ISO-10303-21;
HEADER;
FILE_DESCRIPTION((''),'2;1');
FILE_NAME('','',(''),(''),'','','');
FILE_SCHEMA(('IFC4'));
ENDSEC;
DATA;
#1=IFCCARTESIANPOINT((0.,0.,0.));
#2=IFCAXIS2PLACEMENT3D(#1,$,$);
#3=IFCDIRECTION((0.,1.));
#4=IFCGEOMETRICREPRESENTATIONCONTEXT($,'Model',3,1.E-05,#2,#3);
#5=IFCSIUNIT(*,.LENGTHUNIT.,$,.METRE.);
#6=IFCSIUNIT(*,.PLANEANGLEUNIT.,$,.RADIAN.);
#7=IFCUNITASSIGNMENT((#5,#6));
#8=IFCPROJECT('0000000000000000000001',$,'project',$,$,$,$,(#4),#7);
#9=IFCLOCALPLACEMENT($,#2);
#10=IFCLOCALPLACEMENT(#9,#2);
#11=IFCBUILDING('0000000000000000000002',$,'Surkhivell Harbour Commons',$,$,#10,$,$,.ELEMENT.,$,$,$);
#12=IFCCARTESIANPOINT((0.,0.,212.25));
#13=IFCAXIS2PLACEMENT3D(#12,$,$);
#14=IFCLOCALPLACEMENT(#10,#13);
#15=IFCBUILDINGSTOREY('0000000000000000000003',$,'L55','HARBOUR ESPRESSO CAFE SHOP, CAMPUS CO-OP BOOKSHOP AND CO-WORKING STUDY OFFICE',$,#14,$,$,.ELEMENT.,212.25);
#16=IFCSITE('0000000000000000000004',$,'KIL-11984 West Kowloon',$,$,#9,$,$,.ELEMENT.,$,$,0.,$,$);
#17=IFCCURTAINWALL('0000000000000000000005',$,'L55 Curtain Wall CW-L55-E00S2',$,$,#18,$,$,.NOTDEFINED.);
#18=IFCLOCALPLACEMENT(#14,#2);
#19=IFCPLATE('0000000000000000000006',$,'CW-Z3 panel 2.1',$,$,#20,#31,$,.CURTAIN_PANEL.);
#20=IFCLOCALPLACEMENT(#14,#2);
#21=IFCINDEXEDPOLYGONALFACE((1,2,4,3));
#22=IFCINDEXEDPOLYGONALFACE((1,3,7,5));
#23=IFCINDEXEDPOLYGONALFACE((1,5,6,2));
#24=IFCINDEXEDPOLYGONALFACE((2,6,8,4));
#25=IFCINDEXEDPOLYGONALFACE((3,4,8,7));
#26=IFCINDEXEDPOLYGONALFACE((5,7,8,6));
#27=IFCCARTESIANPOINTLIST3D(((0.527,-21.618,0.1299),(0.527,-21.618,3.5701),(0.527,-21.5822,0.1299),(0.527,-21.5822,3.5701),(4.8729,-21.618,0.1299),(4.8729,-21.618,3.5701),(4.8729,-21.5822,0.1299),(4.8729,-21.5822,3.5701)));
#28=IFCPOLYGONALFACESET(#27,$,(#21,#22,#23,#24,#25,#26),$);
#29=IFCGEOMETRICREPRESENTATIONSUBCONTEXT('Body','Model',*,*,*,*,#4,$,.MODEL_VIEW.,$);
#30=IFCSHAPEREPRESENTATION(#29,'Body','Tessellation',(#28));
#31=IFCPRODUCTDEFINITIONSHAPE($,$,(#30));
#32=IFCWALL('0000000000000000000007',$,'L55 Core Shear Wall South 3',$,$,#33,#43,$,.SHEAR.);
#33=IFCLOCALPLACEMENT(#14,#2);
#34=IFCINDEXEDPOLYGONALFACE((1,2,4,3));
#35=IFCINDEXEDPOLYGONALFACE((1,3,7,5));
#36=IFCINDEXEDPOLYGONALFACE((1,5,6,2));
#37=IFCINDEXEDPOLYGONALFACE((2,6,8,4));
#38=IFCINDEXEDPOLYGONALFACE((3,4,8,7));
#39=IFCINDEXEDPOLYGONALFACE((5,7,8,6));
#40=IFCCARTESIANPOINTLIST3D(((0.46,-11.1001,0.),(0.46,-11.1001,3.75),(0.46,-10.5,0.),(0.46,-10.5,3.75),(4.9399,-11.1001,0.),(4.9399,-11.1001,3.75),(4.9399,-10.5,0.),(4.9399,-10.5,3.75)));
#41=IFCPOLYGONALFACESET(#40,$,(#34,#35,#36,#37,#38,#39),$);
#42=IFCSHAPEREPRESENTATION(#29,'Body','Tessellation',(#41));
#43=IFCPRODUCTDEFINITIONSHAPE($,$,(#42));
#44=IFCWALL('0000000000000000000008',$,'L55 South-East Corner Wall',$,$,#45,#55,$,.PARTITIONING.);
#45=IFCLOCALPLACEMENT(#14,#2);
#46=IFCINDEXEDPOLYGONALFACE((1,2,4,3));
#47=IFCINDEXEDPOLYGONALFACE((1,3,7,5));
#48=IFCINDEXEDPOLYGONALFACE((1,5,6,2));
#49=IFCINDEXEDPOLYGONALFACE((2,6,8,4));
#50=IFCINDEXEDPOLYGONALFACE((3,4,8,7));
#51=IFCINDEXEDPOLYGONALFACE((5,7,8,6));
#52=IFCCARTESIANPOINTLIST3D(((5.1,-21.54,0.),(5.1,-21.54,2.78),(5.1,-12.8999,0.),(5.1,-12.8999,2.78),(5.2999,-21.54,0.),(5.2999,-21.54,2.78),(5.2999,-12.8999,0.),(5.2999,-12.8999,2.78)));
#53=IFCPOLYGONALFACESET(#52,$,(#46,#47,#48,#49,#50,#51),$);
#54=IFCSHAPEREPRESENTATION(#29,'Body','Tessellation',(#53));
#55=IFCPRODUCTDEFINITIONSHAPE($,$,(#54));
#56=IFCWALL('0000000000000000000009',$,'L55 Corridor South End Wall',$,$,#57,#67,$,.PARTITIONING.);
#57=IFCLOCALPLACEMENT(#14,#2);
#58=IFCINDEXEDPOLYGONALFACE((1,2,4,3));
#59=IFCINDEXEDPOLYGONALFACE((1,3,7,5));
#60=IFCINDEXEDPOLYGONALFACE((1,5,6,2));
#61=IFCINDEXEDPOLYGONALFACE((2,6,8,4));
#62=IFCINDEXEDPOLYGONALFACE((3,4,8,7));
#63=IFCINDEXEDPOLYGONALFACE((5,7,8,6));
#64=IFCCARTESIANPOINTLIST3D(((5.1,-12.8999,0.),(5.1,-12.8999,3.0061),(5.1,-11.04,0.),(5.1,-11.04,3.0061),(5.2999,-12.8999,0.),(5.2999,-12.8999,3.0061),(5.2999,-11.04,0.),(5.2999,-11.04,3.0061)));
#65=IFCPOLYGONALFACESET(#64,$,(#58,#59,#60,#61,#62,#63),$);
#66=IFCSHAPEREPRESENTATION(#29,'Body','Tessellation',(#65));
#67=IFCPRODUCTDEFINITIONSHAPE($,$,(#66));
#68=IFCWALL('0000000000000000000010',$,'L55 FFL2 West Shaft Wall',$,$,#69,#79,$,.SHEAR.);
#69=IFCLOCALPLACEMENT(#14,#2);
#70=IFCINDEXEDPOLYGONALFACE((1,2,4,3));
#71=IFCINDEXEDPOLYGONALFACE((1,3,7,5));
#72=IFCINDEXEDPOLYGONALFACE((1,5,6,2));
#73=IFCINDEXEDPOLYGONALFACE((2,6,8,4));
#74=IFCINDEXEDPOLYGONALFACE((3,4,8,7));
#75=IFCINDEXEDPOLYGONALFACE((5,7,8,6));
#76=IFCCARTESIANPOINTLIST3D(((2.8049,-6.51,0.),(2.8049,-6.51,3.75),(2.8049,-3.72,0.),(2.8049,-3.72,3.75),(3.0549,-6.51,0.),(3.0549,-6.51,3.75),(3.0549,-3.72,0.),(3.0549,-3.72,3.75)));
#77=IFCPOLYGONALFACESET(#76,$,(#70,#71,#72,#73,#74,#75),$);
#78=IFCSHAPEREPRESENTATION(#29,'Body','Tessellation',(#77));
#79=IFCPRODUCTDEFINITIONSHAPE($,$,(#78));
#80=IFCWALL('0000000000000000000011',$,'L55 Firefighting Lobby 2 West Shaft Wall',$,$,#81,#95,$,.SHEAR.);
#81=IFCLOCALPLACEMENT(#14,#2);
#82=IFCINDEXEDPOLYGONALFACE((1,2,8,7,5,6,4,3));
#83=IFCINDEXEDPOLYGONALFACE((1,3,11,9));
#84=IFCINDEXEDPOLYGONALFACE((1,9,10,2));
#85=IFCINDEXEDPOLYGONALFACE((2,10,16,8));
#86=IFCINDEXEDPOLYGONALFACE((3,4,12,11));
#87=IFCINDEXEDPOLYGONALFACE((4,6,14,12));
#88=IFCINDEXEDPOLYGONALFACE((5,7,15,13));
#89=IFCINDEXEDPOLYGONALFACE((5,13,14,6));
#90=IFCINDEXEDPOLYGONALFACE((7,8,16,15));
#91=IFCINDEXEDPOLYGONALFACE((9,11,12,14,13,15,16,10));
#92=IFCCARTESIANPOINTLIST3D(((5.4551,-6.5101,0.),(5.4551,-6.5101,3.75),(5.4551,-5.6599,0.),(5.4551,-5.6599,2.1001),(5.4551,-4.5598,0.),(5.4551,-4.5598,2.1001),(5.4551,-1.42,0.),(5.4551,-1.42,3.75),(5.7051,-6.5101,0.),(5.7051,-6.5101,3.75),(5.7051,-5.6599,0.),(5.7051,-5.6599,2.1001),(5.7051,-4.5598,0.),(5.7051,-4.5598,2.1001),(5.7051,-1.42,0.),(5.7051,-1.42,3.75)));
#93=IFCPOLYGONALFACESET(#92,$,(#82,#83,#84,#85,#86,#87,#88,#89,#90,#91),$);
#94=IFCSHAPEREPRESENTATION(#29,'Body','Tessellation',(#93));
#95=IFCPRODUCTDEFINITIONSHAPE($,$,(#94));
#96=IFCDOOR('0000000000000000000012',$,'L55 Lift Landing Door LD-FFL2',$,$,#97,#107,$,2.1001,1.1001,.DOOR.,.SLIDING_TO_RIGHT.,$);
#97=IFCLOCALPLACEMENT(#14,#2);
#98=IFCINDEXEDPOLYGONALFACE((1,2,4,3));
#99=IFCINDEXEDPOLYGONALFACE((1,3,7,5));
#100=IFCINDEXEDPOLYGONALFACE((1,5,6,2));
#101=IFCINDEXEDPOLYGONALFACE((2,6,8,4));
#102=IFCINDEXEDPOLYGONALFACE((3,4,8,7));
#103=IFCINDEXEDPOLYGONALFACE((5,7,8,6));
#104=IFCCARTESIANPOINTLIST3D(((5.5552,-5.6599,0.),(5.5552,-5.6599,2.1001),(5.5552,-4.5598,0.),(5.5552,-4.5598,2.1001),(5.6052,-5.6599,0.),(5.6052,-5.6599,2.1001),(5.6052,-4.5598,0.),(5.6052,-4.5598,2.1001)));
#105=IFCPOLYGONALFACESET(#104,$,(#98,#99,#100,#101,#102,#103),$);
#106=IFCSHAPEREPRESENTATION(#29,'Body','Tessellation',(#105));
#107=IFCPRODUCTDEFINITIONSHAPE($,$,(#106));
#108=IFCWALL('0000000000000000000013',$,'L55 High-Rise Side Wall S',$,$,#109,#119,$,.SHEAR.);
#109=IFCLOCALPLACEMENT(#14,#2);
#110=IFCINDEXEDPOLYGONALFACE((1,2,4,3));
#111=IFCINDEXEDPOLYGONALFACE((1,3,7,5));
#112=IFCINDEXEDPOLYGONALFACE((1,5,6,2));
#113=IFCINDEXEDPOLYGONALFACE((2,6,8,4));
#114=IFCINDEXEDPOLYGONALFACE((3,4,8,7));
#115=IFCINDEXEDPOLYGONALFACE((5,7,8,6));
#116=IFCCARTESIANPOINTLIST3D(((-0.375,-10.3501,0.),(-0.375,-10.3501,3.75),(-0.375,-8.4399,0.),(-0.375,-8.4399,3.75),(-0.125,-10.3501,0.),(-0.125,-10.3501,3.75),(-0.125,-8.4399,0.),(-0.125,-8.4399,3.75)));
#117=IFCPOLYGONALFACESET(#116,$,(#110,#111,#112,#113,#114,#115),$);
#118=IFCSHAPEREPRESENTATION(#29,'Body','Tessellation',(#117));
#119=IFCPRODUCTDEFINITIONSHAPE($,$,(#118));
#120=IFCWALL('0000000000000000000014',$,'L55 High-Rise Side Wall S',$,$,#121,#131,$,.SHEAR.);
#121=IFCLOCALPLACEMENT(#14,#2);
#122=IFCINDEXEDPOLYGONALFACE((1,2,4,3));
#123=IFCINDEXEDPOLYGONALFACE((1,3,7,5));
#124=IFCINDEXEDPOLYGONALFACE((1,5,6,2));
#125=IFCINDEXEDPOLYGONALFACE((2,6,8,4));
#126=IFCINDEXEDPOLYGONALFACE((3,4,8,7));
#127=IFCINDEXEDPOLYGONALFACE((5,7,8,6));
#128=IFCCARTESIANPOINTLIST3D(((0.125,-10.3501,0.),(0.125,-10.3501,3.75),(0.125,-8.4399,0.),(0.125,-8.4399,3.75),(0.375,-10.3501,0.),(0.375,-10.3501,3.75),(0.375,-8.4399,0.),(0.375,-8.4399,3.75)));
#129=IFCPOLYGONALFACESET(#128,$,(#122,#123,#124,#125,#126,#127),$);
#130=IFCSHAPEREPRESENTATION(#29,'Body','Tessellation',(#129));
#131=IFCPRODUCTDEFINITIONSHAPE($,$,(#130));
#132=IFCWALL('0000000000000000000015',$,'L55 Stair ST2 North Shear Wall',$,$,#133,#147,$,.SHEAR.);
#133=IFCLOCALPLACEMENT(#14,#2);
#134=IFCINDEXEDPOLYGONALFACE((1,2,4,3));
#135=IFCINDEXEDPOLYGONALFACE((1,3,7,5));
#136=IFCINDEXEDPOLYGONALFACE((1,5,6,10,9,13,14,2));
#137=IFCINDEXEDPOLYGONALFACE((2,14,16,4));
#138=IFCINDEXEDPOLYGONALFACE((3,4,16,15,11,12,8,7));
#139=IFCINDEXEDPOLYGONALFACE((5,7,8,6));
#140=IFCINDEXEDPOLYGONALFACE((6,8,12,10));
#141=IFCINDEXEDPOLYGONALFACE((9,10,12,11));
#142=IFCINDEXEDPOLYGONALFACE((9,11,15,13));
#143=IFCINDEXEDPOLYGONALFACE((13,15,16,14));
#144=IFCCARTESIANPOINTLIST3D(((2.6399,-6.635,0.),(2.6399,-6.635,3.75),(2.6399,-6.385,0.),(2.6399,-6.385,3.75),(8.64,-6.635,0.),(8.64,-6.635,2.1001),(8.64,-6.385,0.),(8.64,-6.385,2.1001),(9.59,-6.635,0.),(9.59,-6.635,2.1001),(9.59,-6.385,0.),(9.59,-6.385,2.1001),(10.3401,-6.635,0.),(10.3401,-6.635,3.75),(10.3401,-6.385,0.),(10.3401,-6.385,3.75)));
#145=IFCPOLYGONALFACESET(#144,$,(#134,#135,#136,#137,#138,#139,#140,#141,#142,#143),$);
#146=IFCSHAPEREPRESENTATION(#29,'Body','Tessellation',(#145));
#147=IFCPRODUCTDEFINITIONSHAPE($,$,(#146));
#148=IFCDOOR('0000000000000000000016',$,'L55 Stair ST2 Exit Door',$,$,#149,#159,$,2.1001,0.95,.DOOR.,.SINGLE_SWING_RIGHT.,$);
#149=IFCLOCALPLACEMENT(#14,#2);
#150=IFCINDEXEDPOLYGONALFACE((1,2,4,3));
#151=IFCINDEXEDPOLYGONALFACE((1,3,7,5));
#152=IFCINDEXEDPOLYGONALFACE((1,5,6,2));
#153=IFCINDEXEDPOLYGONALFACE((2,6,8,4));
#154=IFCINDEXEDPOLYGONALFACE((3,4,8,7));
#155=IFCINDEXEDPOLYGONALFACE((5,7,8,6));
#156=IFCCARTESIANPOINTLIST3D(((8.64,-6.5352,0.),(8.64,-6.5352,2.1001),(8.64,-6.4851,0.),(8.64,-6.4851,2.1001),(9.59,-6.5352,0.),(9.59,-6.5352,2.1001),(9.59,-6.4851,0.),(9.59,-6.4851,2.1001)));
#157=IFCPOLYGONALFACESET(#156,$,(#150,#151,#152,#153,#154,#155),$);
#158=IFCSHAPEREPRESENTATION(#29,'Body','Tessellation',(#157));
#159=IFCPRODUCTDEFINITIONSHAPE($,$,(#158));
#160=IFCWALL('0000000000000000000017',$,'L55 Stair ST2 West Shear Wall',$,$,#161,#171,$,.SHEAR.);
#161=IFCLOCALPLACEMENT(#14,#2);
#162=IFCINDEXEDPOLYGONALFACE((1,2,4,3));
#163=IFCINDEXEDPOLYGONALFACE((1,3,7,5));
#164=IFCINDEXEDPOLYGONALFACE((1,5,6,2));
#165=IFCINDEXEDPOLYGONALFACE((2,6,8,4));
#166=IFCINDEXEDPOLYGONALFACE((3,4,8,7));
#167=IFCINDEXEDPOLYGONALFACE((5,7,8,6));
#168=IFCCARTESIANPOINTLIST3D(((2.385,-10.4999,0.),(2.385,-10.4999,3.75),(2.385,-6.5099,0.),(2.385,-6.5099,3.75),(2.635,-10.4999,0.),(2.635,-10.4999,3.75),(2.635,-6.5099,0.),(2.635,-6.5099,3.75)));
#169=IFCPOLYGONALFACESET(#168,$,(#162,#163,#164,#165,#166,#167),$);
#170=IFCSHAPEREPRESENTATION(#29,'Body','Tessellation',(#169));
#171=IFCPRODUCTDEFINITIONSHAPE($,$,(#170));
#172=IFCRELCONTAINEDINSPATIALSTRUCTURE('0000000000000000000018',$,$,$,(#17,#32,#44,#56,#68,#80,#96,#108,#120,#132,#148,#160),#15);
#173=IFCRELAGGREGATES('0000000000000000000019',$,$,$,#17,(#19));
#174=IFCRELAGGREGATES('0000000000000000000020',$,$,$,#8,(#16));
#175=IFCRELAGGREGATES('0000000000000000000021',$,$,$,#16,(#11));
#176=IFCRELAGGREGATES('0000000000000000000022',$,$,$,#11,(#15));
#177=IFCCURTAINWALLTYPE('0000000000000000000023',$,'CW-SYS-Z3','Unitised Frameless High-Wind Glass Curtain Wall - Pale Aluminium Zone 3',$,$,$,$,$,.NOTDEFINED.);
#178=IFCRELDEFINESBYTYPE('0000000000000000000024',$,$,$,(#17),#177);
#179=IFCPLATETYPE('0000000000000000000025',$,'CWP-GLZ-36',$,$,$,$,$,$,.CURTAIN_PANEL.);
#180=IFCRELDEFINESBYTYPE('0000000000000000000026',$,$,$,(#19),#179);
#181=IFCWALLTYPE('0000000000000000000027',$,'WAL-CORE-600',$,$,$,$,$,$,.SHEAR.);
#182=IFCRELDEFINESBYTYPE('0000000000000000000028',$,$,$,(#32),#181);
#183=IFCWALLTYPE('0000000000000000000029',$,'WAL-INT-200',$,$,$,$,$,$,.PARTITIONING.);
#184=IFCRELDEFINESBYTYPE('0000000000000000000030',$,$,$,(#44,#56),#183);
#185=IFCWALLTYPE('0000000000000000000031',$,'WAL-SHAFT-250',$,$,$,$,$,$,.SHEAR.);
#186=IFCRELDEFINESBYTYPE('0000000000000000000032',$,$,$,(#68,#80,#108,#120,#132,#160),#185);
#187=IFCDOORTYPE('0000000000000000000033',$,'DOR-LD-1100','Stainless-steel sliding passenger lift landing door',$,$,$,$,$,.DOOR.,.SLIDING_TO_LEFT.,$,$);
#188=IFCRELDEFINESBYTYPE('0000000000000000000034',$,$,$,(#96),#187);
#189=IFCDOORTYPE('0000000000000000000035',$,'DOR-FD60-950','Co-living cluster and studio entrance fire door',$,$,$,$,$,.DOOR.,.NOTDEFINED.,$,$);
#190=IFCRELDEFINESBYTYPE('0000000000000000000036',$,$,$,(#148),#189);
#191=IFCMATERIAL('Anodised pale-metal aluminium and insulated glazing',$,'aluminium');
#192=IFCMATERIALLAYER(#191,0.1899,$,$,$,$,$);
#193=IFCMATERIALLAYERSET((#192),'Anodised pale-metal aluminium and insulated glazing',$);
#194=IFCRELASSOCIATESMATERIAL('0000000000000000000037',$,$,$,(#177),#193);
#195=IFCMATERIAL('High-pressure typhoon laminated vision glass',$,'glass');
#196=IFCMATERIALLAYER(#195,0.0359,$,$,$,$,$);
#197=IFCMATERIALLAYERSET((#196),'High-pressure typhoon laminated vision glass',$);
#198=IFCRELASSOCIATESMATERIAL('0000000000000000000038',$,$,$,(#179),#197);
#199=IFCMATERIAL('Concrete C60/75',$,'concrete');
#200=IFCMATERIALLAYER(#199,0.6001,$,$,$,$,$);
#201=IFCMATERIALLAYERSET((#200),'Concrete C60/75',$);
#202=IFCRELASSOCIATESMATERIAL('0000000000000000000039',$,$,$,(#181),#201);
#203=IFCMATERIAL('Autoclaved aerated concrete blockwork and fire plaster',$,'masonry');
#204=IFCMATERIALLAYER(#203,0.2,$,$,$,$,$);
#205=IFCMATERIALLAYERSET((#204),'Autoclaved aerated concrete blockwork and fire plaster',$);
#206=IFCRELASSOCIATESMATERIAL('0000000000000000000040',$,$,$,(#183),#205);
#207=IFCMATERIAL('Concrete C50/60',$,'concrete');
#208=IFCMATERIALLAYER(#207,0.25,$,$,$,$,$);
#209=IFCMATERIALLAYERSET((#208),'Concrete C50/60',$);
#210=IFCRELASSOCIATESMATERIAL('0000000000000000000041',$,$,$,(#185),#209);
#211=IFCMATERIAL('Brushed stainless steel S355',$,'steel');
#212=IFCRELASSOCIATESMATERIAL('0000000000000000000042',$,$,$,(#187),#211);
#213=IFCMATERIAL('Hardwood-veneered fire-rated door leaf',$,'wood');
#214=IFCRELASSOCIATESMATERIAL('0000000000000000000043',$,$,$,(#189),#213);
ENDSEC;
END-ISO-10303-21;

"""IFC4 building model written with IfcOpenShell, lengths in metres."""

from ifc_helpers import new_model, si_unit, direction, frame, frame_2d, origin, place, context, subcontext, project, spatial, rectangle, extrude, material, layer, layer_set, type_object, element, fill, aggregate, save


model = new_model("IFC4")

# Units and contexts
model_context = context("Model", 3, precision=1e-05, world=origin(), true_north=direction((0.0, 1.0)))
body_context = subcontext(model_context, "Body", "Model", "MODEL_VIEW")
ifc_project = project(units=[si_unit("LENGTHUNIT", "METRE"), si_unit("PLANEANGLEUNIT", "RADIAN")], contexts=[model_context])

# Site, building, storey
site_placement = place(None, origin())
site = spatial("IfcSite", under=ifc_project, at=site_placement, Name="KIL-11984 West Kowloon", CompositionType="ELEMENT", RefElevation=0.0)
building_placement = place(site_placement, origin())
building = spatial("IfcBuilding", under=site, at=building_placement, Name="Surkhivell Harbour Commons", CompositionType="ELEMENT")
storey_placement = place(building_placement, frame((0.0, 0.0, 212.25)))
storey = spatial("IfcBuildingStorey", under=building, at=storey_placement, Name="L55", Description="HARBOUR ESPRESSO CAFE SHOP, CAMPUS CO-OP BOOKSHOP AND CO-WORKING STUDY OFFICE", CompositionType="ELEMENT", Elevation=212.25)

# Shared definitions
ifc_material_1 = material(Name="Concrete C60/75", Category="concrete")

# Curtain wall, plate
ifc_material_2 = material(Name="Anodised pale-metal aluminium and insulated glazing", Category="aluminium")
ifc_layer_1 = layer(ifc_material_2, 0.1899)
ifc_layer_set_1 = layer_set([ifc_layer_1], Name="Anodised pale-metal aluminium and insulated glazing")
curtain_wall_type = type_object("IfcCurtainWallType", Name="CW-SYS-Z3", Description="Unitised Frameless High-Wind Glass Curtain Wall - Pale Aluminium Zone 3", PredefinedType="NOTDEFINED", material=ifc_layer_set_1)
curtain_wall_placement = place(storey_placement, origin())
curtain_wall = element("IfcCurtainWall", 1, at=curtain_wall_placement, inside=storey, type_object=curtain_wall_type, Name="L55 Curtain Wall CW-L55-E00S2", PredefinedType="NOTDEFINED")
ifc_material_3 = material(Name="High-pressure typhoon laminated vision glass", Category="glass")
ifc_layer_2 = layer(ifc_material_3, 0.0359)
ifc_layer_set_2 = layer_set([ifc_layer_2], Name="High-pressure typhoon laminated vision glass")
plate_type = type_object("IfcPlateType", Name="CWP-GLZ-36", PredefinedType="CURTAIN_PANEL", material=ifc_layer_set_2)
plate_placement = place(storey_placement, frame((0.5271, -21.6001, 0.1299), z_axis=(0.0, 0.0, 1.0), x_axis=(1.0, 0.0, 0.0)))
plate = element("IfcPlate", 2, at=plate_placement, type_object=plate_type, Name="CW-Z3 panel 2.1", PredefinedType="CURTAIN_PANEL", context=body_context, shape_type="SweptSolid", body=[
    extrude(rectangle(XDim=4.3459, YDim=0.0359, at=frame_2d((2.1729, 0.0))), origin(), (0.0, 0.0, 1.0), 3.4402),
])
aggregate(curtain_wall, [plate])

# Walls
ifc_layer_3 = layer(ifc_material_1, 0.6001)
ifc_layer_set_3 = layer_set([ifc_layer_3], Name="Concrete C60/75")
wall_type_1 = type_object("IfcWallType", Name="WAL-CORE-600", PredefinedType="SHEAR", material=ifc_layer_set_3)
wall_1_placement = place(storey_placement, frame((0.46, -10.8, 0.0), z_axis=(0.0, 0.0, 1.0), x_axis=(1.0, 0.0, 0.0)))
element("IfcWall", 3, at=wall_1_placement, inside=storey, type_object=wall_type_1, Name="L55 Core Shear Wall South 3", PredefinedType="SHEAR", context=body_context, shape_type="SweptSolid", body=[
    extrude(rectangle(XDim=4.48, YDim=0.6001, at=frame_2d((2.24, 0.0))), origin(), (0.0, 0.0, 1.0), 3.75),
])
ifc_material_4 = material(Name="Autoclaved aerated concrete blockwork and fire plaster", Category="masonry")
ifc_layer_4 = layer(ifc_material_4, 0.2)
ifc_layer_set_4 = layer_set([ifc_layer_4], Name="Autoclaved aerated concrete blockwork and fire plaster")
wall_type_2 = type_object("IfcWallType", Name="WAL-INT-200", PredefinedType="PARTITIONING", material=ifc_layer_set_4)
wall_2_placement = place(storey_placement, frame((5.2, -21.54, 0.0), z_axis=(0.0, 0.0, 1.0), x_axis=(0.0, 1.0, 0.0)))
element("IfcWall", 4, at=wall_2_placement, inside=storey, type_object=wall_type_2, Name="L55 South-East Corner Wall", PredefinedType="PARTITIONING", context=body_context, shape_type="SweptSolid", body=[
    extrude(rectangle(XDim=8.6401, YDim=0.2, at=frame_2d((4.3201, 0.0))), origin(), (0.0, 0.0, 1.0), 2.78),
])
wall_3_placement = place(storey_placement, frame((5.2, -12.8999, 0.0), z_axis=(0.0, 0.0, 1.0), x_axis=(0.0, 1.0, 0.0)))
element("IfcWall", 5, at=wall_3_placement, inside=storey, type_object=wall_type_2, Name="L55 Corridor South End Wall", PredefinedType="PARTITIONING", context=body_context, shape_type="SweptSolid", body=[
    extrude(rectangle(XDim=1.8599, YDim=0.2, at=frame_2d((0.9299, 0.0))), origin(), (0.0, 0.0, 1.0), 3.0061),
])
ifc_material_5 = material(Name="Concrete C50/60", Category="concrete")
ifc_layer_5 = layer(ifc_material_5, 0.25)
ifc_layer_set_5 = layer_set([ifc_layer_5], Name="Concrete C50/60")
wall_type_3 = type_object("IfcWallType", Name="WAL-SHAFT-250", PredefinedType="SHEAR", material=ifc_layer_set_5)
wall_4_placement = place(storey_placement, frame((2.9299, -6.51, 0.0), z_axis=(0.0, 0.0, 1.0), x_axis=(0.0, 1.0, 0.0)))
element("IfcWall", 6, at=wall_4_placement, inside=storey, type_object=wall_type_3, Name="L55 FFL2 West Shaft Wall", PredefinedType="SHEAR", context=body_context, shape_type="SweptSolid", body=[
    extrude(rectangle(XDim=2.79, YDim=0.25, at=frame_2d((1.395, 0.0))), origin(), (0.0, 0.0, 1.0), 3.75),
])

# Wall, opening, door
wall_5_placement = place(storey_placement, frame((5.5801, -6.51, 0.0), z_axis=(0.0, 0.0, 1.0), x_axis=(0.0, 1.0, 0.0)))
wall_5 = element("IfcWall", 7, at=wall_5_placement, inside=storey, type_object=wall_type_3, Name="L55 Firefighting Lobby 2 West Shaft Wall", PredefinedType="SHEAR", context=body_context, shape_type="SweptSolid", body=[
    extrude(rectangle(XDim=5.0901, YDim=0.25, at=frame_2d((2.5449, 0.0))), origin(), (0.0, 0.0, 1.0), 3.75),
])
opening_1_placement = place(wall_5_placement, frame((0.8501, 0.0, 0.0)))
opening_1 = element("IfcOpeningElement", 8, at=opening_1_placement, cuts=wall_5, PredefinedType="OPENING", context=body_context, shape_type="SweptSolid", body=[
    extrude(rectangle(XDim=1.1001, YDim=2.1001, at=frame_2d((0.55, 1.05))), frame((0.0, 0.135, 0.0), z_axis=(0.0, -1.0, 0.0), x_axis=(1.0, 0.0, 0.0)), (0.0, 0.0, 1.0), 0.27),
])
ifc_material_6 = material(Name="Brushed stainless steel S355", Category="steel")
door_type_1 = type_object("IfcDoorType", Name="DOR-LD-1100", Description="Stainless-steel sliding passenger lift landing door", OperationType="SLIDING_TO_LEFT", PredefinedType="DOOR", material=ifc_material_6)
door_1_placement = place(opening_1_placement, origin())
door_1 = element("IfcDoor", 9, at=door_1_placement, inside=storey, type_object=door_type_1, Name="L55 Lift Landing Door LD-FFL2", OperationType="SLIDING_TO_RIGHT", OverallHeight=2.1001, OverallWidth=1.1001, PredefinedType="DOOR", context=body_context, shape_type="SweptSolid", body=[
    extrude(rectangle(XDim=1.1001, YDim=2.1001, at=frame_2d((0.55, 1.05))), frame((0.0, 0.0249, 0.0), z_axis=(0.0, -1.0, 0.0), x_axis=(1.0, 0.0, 0.0)), (0.0, 0.0, 1.0), 0.05),
])
fill(opening_1, door_1)

# Walls
for number, where, z_axis, x_axis, name in (
    (10, (-0.25, -10.3501, 0.0), (0.0, 0.0, 1.0), (0.0, 1.0, 0.0), "L55 High-Rise Side Wall S"),
    (11, (0.25, -10.3501, 0.0), (0.0, 0.0, 1.0), (0.0, 1.0, 0.0), "L55 High-Rise Side Wall S"),
):
    element("IfcWall", number, at=place(storey_placement, frame(where, z_axis=z_axis, x_axis=x_axis)), inside=storey, type_object=wall_type_3, Name=name, PredefinedType="SHEAR", context=body_context, shape_type="SweptSolid", body=[
        extrude(rectangle(XDim=1.9102, YDim=0.25, at=frame_2d((0.9551, 0.0))), origin(), (0.0, 0.0, 1.0), 3.75),
    ])

# Wall, opening, door
wall_6_placement = place(storey_placement, frame((2.6399, -6.51, 0.0), z_axis=(0.0, 0.0, 1.0), x_axis=(1.0, 0.0, 0.0)))
wall_6 = element("IfcWall", 12, at=wall_6_placement, inside=storey, type_object=wall_type_3, Name="L55 Stair ST2 North Shear Wall", PredefinedType="SHEAR", context=body_context, shape_type="SweptSolid", body=[
    extrude(rectangle(XDim=7.7002, YDim=0.25, at=frame_2d((3.8501, 0.0))), origin(), (0.0, 0.0, 1.0), 3.75),
])
opening_2_placement = place(wall_6_placement, frame((6.0, 0.0, 0.0)))
opening_2 = element("IfcOpeningElement", 13, at=opening_2_placement, cuts=wall_6, PredefinedType="OPENING", context=body_context, shape_type="SweptSolid", body=[
    extrude(rectangle(XDim=0.95, YDim=2.1001, at=frame_2d((0.4751, 1.05))), frame((0.0, 0.135, 0.0), z_axis=(0.0, -1.0, 0.0), x_axis=(1.0, 0.0, 0.0)), (0.0, 0.0, 1.0), 0.27),
])
ifc_material_7 = material(Name="Hardwood-veneered fire-rated door leaf", Category="wood")
door_type_2 = type_object("IfcDoorType", Name="DOR-FD60-950", Description="Co-living cluster and studio entrance fire door", OperationType="NOTDEFINED", PredefinedType="DOOR", material=ifc_material_7)
door_2_placement = place(opening_2_placement, origin())
door_2 = element("IfcDoor", 14, at=door_2_placement, inside=storey, type_object=door_type_2, Name="L55 Stair ST2 Exit Door", OperationType="SINGLE_SWING_RIGHT", OverallHeight=2.1001, OverallWidth=0.95, PredefinedType="DOOR", context=body_context, shape_type="SweptSolid", body=[
    extrude(rectangle(XDim=0.95, YDim=2.1001, at=frame_2d((0.4751, 1.05))), frame((0.0, 0.0249, 0.0), z_axis=(0.0, -1.0, 0.0), x_axis=(1.0, 0.0, 0.0)), (0.0, 0.0, 1.0), 0.05),
])
fill(opening_2, door_2)

# Wall
wall_7_placement = place(storey_placement, frame((2.51, -10.5, 0.0), z_axis=(0.0, 0.0, 1.0), x_axis=(0.0, 1.0, 0.0)))
element("IfcWall", 15, at=wall_7_placement, inside=storey, type_object=wall_type_3, Name="L55 Stair ST2 West Shear Wall", PredefinedType="SHEAR", context=body_context, shape_type="SweptSolid", body=[
    extrude(rectangle(XDim=3.99, YDim=0.25, at=frame_2d((1.9951, 0.0))), origin(), (0.0, 0.0, 1.0), 3.75),
])

save(model, "model.ifc")
